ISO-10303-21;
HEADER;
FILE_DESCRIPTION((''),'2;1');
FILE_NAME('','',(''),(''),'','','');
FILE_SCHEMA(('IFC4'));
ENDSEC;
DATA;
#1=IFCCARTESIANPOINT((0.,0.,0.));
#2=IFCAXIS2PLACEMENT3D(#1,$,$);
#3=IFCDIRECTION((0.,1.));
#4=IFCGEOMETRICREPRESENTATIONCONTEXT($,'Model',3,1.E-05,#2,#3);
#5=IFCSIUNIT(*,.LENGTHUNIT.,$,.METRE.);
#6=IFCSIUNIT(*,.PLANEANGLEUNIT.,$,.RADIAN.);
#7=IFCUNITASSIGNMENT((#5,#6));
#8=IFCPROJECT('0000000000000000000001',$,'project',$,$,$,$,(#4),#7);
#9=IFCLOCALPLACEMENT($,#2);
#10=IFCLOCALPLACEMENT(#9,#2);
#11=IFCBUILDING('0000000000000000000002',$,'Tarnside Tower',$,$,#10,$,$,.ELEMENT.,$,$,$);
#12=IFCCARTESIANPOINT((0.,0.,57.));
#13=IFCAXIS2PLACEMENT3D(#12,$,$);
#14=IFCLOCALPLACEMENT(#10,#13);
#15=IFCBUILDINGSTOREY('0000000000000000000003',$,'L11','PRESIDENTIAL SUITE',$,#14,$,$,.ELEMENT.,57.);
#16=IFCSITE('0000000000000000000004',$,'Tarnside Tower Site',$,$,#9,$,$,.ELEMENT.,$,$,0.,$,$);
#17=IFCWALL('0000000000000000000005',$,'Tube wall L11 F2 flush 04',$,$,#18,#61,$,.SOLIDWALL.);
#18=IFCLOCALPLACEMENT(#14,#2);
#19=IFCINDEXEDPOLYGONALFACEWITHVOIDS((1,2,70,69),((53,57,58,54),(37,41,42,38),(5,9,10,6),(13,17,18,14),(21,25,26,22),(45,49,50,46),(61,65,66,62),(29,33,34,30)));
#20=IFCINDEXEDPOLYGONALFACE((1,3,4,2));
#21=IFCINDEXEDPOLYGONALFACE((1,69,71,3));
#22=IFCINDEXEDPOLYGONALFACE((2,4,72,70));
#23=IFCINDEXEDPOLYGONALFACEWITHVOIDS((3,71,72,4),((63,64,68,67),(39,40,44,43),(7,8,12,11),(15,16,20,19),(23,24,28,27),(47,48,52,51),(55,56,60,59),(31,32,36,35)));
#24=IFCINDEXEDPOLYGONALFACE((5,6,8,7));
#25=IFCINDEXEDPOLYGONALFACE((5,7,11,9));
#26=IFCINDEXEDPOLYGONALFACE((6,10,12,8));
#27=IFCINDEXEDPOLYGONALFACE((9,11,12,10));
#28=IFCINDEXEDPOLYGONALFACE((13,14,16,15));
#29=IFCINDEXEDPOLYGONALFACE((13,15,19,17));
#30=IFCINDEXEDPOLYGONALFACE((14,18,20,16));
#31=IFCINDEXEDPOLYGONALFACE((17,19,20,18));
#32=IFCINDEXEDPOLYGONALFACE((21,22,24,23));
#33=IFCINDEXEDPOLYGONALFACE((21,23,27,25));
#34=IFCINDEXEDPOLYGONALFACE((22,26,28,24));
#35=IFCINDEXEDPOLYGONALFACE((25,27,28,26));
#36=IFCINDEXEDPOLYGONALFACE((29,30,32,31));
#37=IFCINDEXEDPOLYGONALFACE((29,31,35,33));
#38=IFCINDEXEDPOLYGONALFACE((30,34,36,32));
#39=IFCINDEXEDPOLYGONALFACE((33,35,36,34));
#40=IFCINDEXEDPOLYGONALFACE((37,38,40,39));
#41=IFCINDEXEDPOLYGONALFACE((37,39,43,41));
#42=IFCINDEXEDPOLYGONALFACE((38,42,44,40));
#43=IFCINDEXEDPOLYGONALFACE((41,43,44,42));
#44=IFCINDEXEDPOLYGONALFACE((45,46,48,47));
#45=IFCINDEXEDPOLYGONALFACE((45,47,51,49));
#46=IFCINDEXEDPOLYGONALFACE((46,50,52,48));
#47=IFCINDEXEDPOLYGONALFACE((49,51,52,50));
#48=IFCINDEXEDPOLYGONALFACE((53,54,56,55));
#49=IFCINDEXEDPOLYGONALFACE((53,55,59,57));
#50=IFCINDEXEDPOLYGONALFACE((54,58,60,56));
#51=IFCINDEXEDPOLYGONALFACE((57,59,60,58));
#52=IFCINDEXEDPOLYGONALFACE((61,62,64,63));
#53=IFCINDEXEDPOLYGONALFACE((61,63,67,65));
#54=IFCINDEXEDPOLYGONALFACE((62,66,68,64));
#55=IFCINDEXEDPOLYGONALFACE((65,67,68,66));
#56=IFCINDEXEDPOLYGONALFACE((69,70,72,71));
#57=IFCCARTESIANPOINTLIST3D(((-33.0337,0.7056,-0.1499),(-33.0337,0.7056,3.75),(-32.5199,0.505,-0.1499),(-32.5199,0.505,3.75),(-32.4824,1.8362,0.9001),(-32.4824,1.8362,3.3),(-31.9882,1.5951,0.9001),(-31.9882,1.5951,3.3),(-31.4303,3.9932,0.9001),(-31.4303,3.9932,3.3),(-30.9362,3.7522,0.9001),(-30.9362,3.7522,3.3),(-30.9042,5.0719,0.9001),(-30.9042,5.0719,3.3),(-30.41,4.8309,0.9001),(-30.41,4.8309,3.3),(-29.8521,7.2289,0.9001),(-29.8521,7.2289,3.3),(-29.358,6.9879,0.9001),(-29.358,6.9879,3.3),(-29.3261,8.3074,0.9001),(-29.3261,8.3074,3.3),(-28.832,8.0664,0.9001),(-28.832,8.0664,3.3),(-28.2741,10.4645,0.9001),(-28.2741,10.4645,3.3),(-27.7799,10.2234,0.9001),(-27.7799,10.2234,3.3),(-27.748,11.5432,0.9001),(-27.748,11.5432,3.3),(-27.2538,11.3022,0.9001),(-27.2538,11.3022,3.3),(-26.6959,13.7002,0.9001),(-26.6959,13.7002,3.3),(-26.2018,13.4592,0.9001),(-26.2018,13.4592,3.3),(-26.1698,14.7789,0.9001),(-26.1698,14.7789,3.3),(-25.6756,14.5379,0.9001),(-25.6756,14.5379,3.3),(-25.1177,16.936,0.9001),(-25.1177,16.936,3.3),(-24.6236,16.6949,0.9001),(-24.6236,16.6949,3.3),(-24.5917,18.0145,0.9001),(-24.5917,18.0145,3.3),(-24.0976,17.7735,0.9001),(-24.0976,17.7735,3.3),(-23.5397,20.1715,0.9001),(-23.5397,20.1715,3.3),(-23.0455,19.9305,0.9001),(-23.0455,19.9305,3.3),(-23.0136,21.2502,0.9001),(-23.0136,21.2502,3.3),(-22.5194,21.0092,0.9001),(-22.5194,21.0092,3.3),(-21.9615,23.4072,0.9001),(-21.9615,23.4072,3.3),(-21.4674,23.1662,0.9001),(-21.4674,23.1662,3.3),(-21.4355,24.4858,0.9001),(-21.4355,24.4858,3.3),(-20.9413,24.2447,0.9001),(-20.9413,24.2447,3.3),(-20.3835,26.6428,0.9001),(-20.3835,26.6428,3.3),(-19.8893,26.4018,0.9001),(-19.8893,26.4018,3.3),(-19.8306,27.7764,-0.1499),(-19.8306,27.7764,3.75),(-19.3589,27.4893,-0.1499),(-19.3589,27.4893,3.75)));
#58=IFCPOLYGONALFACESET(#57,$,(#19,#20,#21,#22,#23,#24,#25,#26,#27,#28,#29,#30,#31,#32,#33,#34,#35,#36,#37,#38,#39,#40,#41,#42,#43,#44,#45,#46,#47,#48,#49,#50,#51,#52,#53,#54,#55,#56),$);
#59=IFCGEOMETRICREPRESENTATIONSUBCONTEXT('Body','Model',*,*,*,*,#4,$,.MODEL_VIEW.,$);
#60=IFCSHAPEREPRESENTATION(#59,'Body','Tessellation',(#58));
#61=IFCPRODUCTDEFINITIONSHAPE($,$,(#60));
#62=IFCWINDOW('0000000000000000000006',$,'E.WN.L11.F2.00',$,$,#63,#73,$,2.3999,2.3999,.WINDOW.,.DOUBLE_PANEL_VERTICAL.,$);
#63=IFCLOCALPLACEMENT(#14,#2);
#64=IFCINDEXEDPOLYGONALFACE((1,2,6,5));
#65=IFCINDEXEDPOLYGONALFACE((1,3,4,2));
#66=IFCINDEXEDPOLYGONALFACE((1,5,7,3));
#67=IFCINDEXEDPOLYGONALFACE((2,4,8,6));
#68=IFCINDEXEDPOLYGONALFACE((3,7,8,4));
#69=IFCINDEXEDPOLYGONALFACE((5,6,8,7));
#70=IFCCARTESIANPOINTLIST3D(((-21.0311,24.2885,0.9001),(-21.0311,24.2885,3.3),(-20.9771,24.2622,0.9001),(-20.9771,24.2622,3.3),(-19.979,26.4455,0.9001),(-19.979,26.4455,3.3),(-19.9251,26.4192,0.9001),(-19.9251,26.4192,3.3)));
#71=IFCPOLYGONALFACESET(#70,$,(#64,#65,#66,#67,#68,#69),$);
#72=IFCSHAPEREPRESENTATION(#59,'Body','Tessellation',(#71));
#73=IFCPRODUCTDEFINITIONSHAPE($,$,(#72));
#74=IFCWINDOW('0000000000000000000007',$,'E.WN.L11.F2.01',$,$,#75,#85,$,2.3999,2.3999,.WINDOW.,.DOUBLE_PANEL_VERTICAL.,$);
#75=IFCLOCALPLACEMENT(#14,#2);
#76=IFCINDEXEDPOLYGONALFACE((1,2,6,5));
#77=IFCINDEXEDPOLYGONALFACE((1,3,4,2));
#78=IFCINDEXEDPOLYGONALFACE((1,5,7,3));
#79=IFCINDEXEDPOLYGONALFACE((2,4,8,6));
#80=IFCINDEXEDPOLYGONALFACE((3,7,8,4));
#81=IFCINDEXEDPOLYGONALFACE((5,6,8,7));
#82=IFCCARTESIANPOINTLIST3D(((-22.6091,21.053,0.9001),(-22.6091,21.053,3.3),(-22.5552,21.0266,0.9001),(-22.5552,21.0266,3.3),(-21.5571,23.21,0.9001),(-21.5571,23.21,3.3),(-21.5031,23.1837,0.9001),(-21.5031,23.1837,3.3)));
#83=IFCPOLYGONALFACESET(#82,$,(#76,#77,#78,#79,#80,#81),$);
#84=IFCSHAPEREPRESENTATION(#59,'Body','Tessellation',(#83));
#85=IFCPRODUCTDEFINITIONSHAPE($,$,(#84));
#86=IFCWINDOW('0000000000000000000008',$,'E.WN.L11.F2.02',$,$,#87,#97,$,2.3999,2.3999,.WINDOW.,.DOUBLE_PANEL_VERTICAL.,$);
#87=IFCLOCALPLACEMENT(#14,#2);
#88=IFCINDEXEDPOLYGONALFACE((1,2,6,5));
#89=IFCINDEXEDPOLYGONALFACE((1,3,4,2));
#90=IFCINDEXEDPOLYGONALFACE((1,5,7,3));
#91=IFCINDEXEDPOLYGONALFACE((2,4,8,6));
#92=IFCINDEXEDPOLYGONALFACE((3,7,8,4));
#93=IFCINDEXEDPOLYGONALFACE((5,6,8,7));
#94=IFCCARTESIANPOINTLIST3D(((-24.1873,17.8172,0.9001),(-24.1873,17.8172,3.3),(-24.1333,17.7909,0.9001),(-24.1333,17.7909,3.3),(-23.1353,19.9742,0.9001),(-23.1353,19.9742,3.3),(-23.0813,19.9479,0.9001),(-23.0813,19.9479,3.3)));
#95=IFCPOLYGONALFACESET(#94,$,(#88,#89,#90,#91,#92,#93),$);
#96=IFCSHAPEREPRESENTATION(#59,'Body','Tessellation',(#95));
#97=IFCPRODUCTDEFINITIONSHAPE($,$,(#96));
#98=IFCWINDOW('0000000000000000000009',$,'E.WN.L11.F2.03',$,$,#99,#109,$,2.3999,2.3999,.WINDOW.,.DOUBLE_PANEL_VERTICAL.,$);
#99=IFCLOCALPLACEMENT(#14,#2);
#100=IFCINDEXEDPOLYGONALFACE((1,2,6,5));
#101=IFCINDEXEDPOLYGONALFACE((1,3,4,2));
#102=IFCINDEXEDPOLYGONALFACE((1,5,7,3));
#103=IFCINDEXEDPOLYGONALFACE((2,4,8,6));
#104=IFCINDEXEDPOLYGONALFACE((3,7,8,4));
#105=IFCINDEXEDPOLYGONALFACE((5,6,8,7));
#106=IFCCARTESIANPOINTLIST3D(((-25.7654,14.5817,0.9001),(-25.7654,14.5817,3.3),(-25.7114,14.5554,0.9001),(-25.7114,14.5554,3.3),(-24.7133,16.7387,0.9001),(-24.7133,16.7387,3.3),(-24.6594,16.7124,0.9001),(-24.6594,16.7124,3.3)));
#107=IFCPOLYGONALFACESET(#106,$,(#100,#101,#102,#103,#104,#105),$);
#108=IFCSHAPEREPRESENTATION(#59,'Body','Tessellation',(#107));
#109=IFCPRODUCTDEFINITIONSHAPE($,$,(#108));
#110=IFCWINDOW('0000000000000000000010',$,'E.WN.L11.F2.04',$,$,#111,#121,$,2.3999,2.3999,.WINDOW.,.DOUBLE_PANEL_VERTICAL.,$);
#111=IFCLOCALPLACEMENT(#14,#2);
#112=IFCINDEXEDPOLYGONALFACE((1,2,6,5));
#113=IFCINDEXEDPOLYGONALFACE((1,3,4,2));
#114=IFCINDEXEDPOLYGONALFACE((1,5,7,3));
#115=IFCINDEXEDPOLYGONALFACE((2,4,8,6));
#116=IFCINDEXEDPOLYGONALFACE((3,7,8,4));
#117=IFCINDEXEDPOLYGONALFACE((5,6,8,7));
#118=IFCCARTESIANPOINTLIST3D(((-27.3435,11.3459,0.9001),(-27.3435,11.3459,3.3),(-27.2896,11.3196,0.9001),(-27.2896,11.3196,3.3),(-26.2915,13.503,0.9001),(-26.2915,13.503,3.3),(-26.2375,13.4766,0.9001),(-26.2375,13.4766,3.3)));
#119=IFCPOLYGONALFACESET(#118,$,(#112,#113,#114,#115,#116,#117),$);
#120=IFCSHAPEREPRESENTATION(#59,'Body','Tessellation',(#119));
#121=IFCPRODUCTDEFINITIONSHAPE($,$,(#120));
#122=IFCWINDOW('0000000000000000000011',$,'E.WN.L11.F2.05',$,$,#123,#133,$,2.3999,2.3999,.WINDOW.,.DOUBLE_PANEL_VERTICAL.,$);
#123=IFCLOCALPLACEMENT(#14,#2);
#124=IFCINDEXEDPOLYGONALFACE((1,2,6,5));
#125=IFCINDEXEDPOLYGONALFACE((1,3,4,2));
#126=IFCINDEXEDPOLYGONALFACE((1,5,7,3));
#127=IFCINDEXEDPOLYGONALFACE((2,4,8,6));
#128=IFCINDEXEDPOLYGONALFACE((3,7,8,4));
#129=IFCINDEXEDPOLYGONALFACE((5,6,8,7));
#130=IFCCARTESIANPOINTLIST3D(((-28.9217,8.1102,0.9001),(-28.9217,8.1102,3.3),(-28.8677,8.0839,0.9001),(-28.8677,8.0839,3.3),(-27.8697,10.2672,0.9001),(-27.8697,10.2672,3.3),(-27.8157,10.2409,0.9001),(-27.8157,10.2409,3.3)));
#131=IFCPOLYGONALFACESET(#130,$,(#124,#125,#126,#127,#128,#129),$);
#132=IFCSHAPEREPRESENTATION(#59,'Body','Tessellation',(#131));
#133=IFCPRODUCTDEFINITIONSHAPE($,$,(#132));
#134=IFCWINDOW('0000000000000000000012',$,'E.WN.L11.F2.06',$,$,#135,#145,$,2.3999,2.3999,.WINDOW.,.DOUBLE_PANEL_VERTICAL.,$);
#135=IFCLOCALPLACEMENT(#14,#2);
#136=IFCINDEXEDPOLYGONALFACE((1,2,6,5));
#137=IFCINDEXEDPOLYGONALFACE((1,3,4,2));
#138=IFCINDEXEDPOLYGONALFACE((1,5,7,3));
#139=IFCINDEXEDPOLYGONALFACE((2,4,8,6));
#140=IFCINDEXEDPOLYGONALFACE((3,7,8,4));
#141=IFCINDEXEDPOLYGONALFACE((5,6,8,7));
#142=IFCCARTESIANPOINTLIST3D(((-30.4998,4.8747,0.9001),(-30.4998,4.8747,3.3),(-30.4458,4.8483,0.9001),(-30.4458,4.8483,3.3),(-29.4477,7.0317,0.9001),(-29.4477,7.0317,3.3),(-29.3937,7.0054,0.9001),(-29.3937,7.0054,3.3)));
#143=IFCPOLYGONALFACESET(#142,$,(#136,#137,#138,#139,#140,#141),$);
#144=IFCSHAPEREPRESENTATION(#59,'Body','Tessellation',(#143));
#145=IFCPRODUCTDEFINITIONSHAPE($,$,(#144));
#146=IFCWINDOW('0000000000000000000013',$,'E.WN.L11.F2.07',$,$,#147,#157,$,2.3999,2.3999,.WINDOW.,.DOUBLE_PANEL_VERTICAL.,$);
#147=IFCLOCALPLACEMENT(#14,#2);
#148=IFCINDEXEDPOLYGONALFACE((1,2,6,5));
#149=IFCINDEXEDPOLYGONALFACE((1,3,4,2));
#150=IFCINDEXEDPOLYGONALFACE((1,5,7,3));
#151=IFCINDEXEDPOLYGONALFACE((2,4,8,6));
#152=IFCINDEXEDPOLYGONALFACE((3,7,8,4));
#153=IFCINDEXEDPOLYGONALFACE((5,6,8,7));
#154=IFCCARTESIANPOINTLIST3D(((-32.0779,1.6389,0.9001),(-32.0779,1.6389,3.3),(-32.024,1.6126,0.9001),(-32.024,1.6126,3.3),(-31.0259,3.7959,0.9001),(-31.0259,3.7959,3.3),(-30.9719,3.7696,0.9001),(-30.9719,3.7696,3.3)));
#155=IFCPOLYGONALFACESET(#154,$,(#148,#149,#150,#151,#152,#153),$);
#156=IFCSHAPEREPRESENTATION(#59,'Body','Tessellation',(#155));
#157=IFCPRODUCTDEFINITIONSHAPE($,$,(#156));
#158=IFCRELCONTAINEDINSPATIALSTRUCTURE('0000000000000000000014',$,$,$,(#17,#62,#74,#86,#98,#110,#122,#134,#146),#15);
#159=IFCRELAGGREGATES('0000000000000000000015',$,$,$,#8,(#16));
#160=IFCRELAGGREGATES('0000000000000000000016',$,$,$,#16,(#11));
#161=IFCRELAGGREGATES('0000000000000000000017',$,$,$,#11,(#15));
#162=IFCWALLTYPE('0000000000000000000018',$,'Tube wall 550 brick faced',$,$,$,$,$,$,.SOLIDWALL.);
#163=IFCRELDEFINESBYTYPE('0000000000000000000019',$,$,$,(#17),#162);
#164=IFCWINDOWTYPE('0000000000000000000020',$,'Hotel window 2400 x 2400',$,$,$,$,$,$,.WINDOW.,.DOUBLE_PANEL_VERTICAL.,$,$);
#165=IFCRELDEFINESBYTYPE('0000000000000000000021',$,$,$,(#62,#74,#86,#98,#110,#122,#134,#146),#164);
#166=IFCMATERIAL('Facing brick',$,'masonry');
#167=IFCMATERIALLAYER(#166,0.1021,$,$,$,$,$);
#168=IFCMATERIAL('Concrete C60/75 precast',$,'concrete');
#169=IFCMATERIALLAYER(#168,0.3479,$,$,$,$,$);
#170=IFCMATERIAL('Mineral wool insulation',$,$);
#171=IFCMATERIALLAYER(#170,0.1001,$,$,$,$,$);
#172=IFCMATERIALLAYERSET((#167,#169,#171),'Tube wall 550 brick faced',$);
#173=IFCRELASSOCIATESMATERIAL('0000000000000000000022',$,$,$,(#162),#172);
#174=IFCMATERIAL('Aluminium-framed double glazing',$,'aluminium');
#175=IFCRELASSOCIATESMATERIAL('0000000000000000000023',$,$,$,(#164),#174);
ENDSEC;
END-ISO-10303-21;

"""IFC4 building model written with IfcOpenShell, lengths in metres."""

from ifc_helpers import new_model, si_unit, direction, frame, frame_2d, origin, place, context, subcontext, project, spatial, polyline, rectangle, outline, extrude, material, layer, layer_set, type_object, element, fill, save


model = new_model("IFC4")

# Units and contexts
model_context = context("Model", 3, precision=1e-05, world=origin(), true_north=direction((0.0, 1.0)))
body_context = subcontext(model_context, "Body", "Model", "MODEL_VIEW")
ifc_project = project(units=[si_unit("LENGTHUNIT", "METRE"), si_unit("PLANEANGLEUNIT", "RADIAN")], contexts=[model_context])

# Site, building, storey
site_placement = place(None, origin())
site = spatial("IfcSite", under=ifc_project, at=site_placement, Name="Tarnside Tower Site", CompositionType="ELEMENT", RefElevation=0.0)
building_placement = place(site_placement, origin())
building = spatial("IfcBuilding", under=site, at=building_placement, Name="Tarnside Tower", CompositionType="ELEMENT")
storey_placement = place(building_placement, frame((0.0, 0.0, 57.0)))
storey = spatial("IfcBuildingStorey", under=building, at=storey_placement, Name="L11", Description="PRESIDENTIAL SUITE", CompositionType="ELEMENT", Elevation=57.0)

# Shared definitions
ifc_material_1 = material(Name="Facing brick", Category="masonry")
ifc_layer_1 = layer(ifc_material_1, 0.1021)
ifc_material_2 = material(Name="Concrete C60/75 precast", Category="concrete")
ifc_layer_2 = layer(ifc_material_2, 0.3479)
ifc_material_3 = material(Name="Mineral wool insulation")
ifc_layer_3 = layer(ifc_material_3, 0.1001)
ifc_layer_set_1 = layer_set([ifc_layer_1, ifc_layer_2, ifc_layer_3], Name="Tube wall 550 brick faced")
wall_type_1 = type_object("IfcWallType", Name="Tube wall 550 brick faced", PredefinedType="SOLIDWALL", material=ifc_layer_set_1)

# Wall, openings, windows
wall_1_placement = place(storey_placement, frame((-19.5947, 27.6328, -0.1499), z_axis=(0.0, 0.0, 1.0), x_axis=(-0.438368, -0.898795, 0.0)))
wall_1 = element("IfcWall", 1, at=wall_1_placement, inside=storey, type_object=wall_type_1, Name="Tube wall L11 F2 flush 04", PredefinedType="SOLIDWALL", context=body_context, shape_type="SweptSolid", body=[
    extrude(outline(polyline([(-0.0256, -0.2749), (30.0933, -0.2749), (30.0483, 0.2749), (0.0256, 0.2749), (-0.0256, -0.2749)])), origin(), (0.0, 0.0, 1.0), 3.8999),
])
opening_1_placement = place(wall_1_placement, frame((1.2356, 0.0, 1.05)))
opening_1 = element("IfcOpeningElement", 2, at=opening_1_placement, cuts=wall_1, PredefinedType="OPENING", context=body_context, shape_type="SweptSolid", body=[
    extrude(rectangle(XDim=2.3999, YDim=2.3999, at=frame_2d((1.2, 1.2))), frame((0.0, 0.2852, 0.0), z_axis=(0.0, -1.0, 0.0), x_axis=(1.0, 0.0, 0.0)), (0.0, 0.0, 1.0), 0.5701),
])
opening_2_placement = place(wall_1_placement, frame((4.8354, 0.0, 1.05)))
opening_2 = element("IfcOpeningElement", 3, at=opening_2_placement, cuts=wall_1, PredefinedType="OPENING", context=body_context, shape_type="SweptSolid", body=[
    extrude(rectangle(XDim=2.3999, YDim=2.3999, at=frame_2d((1.2, 1.2))), frame((0.0, 0.2852, 0.0), z_axis=(0.0, -1.0, 0.0), x_axis=(1.0, 0.0, 0.0)), (0.0, 0.0, 1.0), 0.5701),
])
opening_3_placement = place(wall_1_placement, frame((8.4355, 0.0, 1.05)))
opening_3 = element("IfcOpeningElement", 4, at=opening_3_placement, cuts=wall_1, PredefinedType="OPENING", context=body_context, shape_type="SweptSolid", body=[
    extrude(rectangle(XDim=2.3999, YDim=2.3999, at=frame_2d((1.2, 1.2))), frame((0.0, 0.2852, 0.0), z_axis=(0.0, -1.0, 0.0), x_axis=(1.0, 0.0, 0.0)), (0.0, 0.0, 1.0), 0.5701),
])
opening_4_placement = place(wall_1_placement, frame((12.0354, 0.0, 1.05)))
opening_4 = element("IfcOpeningElement", 5, at=opening_4_placement, cuts=wall_1, PredefinedType="OPENING", context=body_context, shape_type="SweptSolid", body=[
    extrude(rectangle(XDim=2.3999, YDim=2.3999, at=frame_2d((1.2, 1.2))), frame((0.0, 0.2852, 0.0), z_axis=(0.0, -1.0, 0.0), x_axis=(1.0, 0.0, 0.0)), (0.0, 0.0, 1.0), 0.5701),
])
opening_5_placement = place(wall_1_placement, frame((15.6355, 0.0, 1.05)))
opening_5 = element("IfcOpeningElement", 6, at=opening_5_placement, cuts=wall_1, PredefinedType="OPENING", context=body_context, shape_type="SweptSolid", body=[
    extrude(rectangle(XDim=2.3999, YDim=2.3999, at=frame_2d((1.2, 1.2))), frame((0.0, 0.2852, 0.0), z_axis=(0.0, -1.0, 0.0), x_axis=(1.0, 0.0, 0.0)), (0.0, 0.0, 1.0), 0.5701),
])
opening_6_placement = place(wall_1_placement, frame((19.2356, 0.0, 1.05)))
opening_6 = element("IfcOpeningElement", 7, at=opening_6_placement, cuts=wall_1, PredefinedType="OPENING", context=body_context, shape_type="SweptSolid", body=[
    extrude(rectangle(XDim=2.3999, YDim=2.3999, at=frame_2d((1.2, 1.2))), frame((0.0, 0.2852, 0.0), z_axis=(0.0, -1.0, 0.0), x_axis=(1.0, 0.0, 0.0)), (0.0, 0.0, 1.0), 0.5701),
])
opening_7_placement = place(wall_1_placement, frame((22.8354, 0.0, 1.05)))
opening_7 = element("IfcOpeningElement", 8, at=opening_7_placement, cuts=wall_1, PredefinedType="OPENING", context=body_context, shape_type="SweptSolid", body=[
    extrude(rectangle(XDim=2.3999, YDim=2.3999, at=frame_2d((1.2, 1.2))), frame((0.0, 0.2852, 0.0), z_axis=(0.0, -1.0, 0.0), x_axis=(1.0, 0.0, 0.0)), (0.0, 0.0, 1.0), 0.5701),
])
opening_8_placement = place(wall_1_placement, frame((26.4355, 0.0, 1.05)))
opening_8 = element("IfcOpeningElement", 9, at=opening_8_placement, cuts=wall_1, PredefinedType="OPENING", context=body_context, shape_type="SweptSolid", body=[
    extrude(rectangle(XDim=2.3999, YDim=2.3999, at=frame_2d((1.2, 1.2))), frame((0.0, 0.2852, 0.0), z_axis=(0.0, -1.0, 0.0), x_axis=(1.0, 0.0, 0.0)), (0.0, 0.0, 1.0), 0.5701),
])
ifc_material_4 = material(Name="Aluminium-framed double glazing", Category="aluminium")
window_type = type_object("IfcWindowType", Name="Hotel window 2400 x 2400", PartitioningType="DOUBLE_PANEL_VERTICAL", PredefinedType="WINDOW", material=ifc_material_4)
window_1_placement = place(opening_1_placement, frame((0.0, 0.2051, 0.0)))
window_1 = element("IfcWindow", 10, at=window_1_placement, inside=storey, type_object=window_type, Name="E.WN.L11.F2.00", OverallHeight=2.3999, OverallWidth=2.3999, PartitioningType="DOUBLE_PANEL_VERTICAL", PredefinedType="WINDOW", context=body_context, shape_type="SweptSolid", body=[
    extrude(rectangle(XDim=2.3999, YDim=2.3999, at=frame_2d((1.2, 1.2))), frame((0.0, 0.03, 0.0), z_axis=(0.0, -1.0, 0.0), x_axis=(1.0, 0.0, 0.0)), (0.0, 0.0, 1.0), 0.0601),
])
fill(opening_1, window_1)
window_2_placement = place(opening_2_placement, frame((0.0, 0.2051, 0.0)))
window_2 = element("IfcWindow", 11, at=window_2_placement, inside=storey, type_object=window_type, Name="E.WN.L11.F2.01", OverallHeight=2.3999, OverallWidth=2.3999, PartitioningType="DOUBLE_PANEL_VERTICAL", PredefinedType="WINDOW", context=body_context, shape_type="SweptSolid", body=[
    extrude(rectangle(XDim=2.3999, YDim=2.3999, at=frame_2d((1.2, 1.2))), frame((0.0, 0.03, 0.0), z_axis=(0.0, -1.0, 0.0), x_axis=(1.0, 0.0, 0.0)), (0.0, 0.0, 1.0), 0.0601),
])
fill(opening_2, window_2)
window_3_placement = place(opening_3_placement, frame((0.0, 0.2051, 0.0)))
window_3 = element("IfcWindow", 12, at=window_3_placement, inside=storey, type_object=window_type, Name="E.WN.L11.F2.02", OverallHeight=2.3999, OverallWidth=2.3999, PartitioningType="DOUBLE_PANEL_VERTICAL", PredefinedType="WINDOW", context=body_context, shape_type="SweptSolid", body=[
    extrude(rectangle(XDim=2.3999, YDim=2.3999, at=frame_2d((1.2, 1.2))), frame((0.0, 0.03, 0.0), z_axis=(0.0, -1.0, 0.0), x_axis=(1.0, 0.0, 0.0)), (0.0, 0.0, 1.0), 0.0601),
])
fill(opening_3, window_3)
window_4_placement = place(opening_4_placement, frame((0.0, 0.2051, 0.0)))
window_4 = element("IfcWindow", 13, at=window_4_placement, inside=storey, type_object=window_type, Name="E.WN.L11.F2.03", OverallHeight=2.3999, OverallWidth=2.3999, PartitioningType="DOUBLE_PANEL_VERTICAL", PredefinedType="WINDOW", context=body_context, shape_type="SweptSolid", body=[
    extrude(rectangle(XDim=2.3999, YDim=2.3999, at=frame_2d((1.2, 1.2))), frame((0.0, 0.03, 0.0), z_axis=(0.0, -1.0, 0.0), x_axis=(1.0, 0.0, 0.0)), (0.0, 0.0, 1.0), 0.0601),
])
fill(opening_4, window_4)
window_5_placement = place(opening_5_placement, frame((0.0, 0.2051, 0.0)))
window_5 = element("IfcWindow", 14, at=window_5_placement, inside=storey, type_object=window_type, Name="E.WN.L11.F2.04", OverallHeight=2.3999, OverallWidth=2.3999, PartitioningType="DOUBLE_PANEL_VERTICAL", PredefinedType="WINDOW", context=body_context, shape_type="SweptSolid", body=[
    extrude(rectangle(XDim=2.3999, YDim=2.3999, at=frame_2d((1.2, 1.2))), frame((0.0, 0.03, 0.0), z_axis=(0.0, -1.0, 0.0), x_axis=(1.0, 0.0, 0.0)), (0.0, 0.0, 1.0), 0.0601),
])
fill(opening_5, window_5)
window_6_placement = place(opening_6_placement, frame((0.0, 0.2051, 0.0)))
window_6 = element("IfcWindow", 15, at=window_6_placement, inside=storey, type_object=window_type, Name="E.WN.L11.F2.05", OverallHeight=2.3999, OverallWidth=2.3999, PartitioningType="DOUBLE_PANEL_VERTICAL", PredefinedType="WINDOW", context=body_context, shape_type="SweptSolid", body=[
    extrude(rectangle(XDim=2.3999, YDim=2.3999, at=frame_2d((1.2, 1.2))), frame((0.0, 0.03, 0.0), z_axis=(0.0, -1.0, 0.0), x_axis=(1.0, 0.0, 0.0)), (0.0, 0.0, 1.0), 0.0601),
])
fill(opening_6, window_6)
window_7_placement = place(opening_7_placement, frame((0.0, 0.2051, 0.0)))
window_7 = element("IfcWindow", 16, at=window_7_placement, inside=storey, type_object=window_type, Name="E.WN.L11.F2.06", OverallHeight=2.3999, OverallWidth=2.3999, PartitioningType="DOUBLE_PANEL_VERTICAL", PredefinedType="WINDOW", context=body_context, shape_type="SweptSolid", body=[
    extrude(rectangle(XDim=2.3999, YDim=2.3999, at=frame_2d((1.2, 1.2))), frame((0.0, 0.03, 0.0), z_axis=(0.0, -1.0, 0.0), x_axis=(1.0, 0.0, 0.0)), (0.0, 0.0, 1.0), 0.0601),
])
fill(opening_7, window_7)
window_8_placement = place(opening_8_placement, frame((0.0, 0.2051, 0.0)))
window_8 = element("IfcWindow", 17, at=window_8_placement, inside=storey, type_object=window_type, Name="E.WN.L11.F2.07", OverallHeight=2.3999, OverallWidth=2.3999, PartitioningType="DOUBLE_PANEL_VERTICAL", PredefinedType="WINDOW", context=body_context, shape_type="SweptSolid", body=[
    extrude(rectangle(XDim=2.3999, YDim=2.3999, at=frame_2d((1.2, 1.2))), frame((0.0, 0.03, 0.0), z_axis=(0.0, -1.0, 0.0), x_axis=(1.0, 0.0, 0.0)), (0.0, 0.0, 1.0), 0.0601),
])
fill(opening_8, window_8)

save(model, "model.ifc")
